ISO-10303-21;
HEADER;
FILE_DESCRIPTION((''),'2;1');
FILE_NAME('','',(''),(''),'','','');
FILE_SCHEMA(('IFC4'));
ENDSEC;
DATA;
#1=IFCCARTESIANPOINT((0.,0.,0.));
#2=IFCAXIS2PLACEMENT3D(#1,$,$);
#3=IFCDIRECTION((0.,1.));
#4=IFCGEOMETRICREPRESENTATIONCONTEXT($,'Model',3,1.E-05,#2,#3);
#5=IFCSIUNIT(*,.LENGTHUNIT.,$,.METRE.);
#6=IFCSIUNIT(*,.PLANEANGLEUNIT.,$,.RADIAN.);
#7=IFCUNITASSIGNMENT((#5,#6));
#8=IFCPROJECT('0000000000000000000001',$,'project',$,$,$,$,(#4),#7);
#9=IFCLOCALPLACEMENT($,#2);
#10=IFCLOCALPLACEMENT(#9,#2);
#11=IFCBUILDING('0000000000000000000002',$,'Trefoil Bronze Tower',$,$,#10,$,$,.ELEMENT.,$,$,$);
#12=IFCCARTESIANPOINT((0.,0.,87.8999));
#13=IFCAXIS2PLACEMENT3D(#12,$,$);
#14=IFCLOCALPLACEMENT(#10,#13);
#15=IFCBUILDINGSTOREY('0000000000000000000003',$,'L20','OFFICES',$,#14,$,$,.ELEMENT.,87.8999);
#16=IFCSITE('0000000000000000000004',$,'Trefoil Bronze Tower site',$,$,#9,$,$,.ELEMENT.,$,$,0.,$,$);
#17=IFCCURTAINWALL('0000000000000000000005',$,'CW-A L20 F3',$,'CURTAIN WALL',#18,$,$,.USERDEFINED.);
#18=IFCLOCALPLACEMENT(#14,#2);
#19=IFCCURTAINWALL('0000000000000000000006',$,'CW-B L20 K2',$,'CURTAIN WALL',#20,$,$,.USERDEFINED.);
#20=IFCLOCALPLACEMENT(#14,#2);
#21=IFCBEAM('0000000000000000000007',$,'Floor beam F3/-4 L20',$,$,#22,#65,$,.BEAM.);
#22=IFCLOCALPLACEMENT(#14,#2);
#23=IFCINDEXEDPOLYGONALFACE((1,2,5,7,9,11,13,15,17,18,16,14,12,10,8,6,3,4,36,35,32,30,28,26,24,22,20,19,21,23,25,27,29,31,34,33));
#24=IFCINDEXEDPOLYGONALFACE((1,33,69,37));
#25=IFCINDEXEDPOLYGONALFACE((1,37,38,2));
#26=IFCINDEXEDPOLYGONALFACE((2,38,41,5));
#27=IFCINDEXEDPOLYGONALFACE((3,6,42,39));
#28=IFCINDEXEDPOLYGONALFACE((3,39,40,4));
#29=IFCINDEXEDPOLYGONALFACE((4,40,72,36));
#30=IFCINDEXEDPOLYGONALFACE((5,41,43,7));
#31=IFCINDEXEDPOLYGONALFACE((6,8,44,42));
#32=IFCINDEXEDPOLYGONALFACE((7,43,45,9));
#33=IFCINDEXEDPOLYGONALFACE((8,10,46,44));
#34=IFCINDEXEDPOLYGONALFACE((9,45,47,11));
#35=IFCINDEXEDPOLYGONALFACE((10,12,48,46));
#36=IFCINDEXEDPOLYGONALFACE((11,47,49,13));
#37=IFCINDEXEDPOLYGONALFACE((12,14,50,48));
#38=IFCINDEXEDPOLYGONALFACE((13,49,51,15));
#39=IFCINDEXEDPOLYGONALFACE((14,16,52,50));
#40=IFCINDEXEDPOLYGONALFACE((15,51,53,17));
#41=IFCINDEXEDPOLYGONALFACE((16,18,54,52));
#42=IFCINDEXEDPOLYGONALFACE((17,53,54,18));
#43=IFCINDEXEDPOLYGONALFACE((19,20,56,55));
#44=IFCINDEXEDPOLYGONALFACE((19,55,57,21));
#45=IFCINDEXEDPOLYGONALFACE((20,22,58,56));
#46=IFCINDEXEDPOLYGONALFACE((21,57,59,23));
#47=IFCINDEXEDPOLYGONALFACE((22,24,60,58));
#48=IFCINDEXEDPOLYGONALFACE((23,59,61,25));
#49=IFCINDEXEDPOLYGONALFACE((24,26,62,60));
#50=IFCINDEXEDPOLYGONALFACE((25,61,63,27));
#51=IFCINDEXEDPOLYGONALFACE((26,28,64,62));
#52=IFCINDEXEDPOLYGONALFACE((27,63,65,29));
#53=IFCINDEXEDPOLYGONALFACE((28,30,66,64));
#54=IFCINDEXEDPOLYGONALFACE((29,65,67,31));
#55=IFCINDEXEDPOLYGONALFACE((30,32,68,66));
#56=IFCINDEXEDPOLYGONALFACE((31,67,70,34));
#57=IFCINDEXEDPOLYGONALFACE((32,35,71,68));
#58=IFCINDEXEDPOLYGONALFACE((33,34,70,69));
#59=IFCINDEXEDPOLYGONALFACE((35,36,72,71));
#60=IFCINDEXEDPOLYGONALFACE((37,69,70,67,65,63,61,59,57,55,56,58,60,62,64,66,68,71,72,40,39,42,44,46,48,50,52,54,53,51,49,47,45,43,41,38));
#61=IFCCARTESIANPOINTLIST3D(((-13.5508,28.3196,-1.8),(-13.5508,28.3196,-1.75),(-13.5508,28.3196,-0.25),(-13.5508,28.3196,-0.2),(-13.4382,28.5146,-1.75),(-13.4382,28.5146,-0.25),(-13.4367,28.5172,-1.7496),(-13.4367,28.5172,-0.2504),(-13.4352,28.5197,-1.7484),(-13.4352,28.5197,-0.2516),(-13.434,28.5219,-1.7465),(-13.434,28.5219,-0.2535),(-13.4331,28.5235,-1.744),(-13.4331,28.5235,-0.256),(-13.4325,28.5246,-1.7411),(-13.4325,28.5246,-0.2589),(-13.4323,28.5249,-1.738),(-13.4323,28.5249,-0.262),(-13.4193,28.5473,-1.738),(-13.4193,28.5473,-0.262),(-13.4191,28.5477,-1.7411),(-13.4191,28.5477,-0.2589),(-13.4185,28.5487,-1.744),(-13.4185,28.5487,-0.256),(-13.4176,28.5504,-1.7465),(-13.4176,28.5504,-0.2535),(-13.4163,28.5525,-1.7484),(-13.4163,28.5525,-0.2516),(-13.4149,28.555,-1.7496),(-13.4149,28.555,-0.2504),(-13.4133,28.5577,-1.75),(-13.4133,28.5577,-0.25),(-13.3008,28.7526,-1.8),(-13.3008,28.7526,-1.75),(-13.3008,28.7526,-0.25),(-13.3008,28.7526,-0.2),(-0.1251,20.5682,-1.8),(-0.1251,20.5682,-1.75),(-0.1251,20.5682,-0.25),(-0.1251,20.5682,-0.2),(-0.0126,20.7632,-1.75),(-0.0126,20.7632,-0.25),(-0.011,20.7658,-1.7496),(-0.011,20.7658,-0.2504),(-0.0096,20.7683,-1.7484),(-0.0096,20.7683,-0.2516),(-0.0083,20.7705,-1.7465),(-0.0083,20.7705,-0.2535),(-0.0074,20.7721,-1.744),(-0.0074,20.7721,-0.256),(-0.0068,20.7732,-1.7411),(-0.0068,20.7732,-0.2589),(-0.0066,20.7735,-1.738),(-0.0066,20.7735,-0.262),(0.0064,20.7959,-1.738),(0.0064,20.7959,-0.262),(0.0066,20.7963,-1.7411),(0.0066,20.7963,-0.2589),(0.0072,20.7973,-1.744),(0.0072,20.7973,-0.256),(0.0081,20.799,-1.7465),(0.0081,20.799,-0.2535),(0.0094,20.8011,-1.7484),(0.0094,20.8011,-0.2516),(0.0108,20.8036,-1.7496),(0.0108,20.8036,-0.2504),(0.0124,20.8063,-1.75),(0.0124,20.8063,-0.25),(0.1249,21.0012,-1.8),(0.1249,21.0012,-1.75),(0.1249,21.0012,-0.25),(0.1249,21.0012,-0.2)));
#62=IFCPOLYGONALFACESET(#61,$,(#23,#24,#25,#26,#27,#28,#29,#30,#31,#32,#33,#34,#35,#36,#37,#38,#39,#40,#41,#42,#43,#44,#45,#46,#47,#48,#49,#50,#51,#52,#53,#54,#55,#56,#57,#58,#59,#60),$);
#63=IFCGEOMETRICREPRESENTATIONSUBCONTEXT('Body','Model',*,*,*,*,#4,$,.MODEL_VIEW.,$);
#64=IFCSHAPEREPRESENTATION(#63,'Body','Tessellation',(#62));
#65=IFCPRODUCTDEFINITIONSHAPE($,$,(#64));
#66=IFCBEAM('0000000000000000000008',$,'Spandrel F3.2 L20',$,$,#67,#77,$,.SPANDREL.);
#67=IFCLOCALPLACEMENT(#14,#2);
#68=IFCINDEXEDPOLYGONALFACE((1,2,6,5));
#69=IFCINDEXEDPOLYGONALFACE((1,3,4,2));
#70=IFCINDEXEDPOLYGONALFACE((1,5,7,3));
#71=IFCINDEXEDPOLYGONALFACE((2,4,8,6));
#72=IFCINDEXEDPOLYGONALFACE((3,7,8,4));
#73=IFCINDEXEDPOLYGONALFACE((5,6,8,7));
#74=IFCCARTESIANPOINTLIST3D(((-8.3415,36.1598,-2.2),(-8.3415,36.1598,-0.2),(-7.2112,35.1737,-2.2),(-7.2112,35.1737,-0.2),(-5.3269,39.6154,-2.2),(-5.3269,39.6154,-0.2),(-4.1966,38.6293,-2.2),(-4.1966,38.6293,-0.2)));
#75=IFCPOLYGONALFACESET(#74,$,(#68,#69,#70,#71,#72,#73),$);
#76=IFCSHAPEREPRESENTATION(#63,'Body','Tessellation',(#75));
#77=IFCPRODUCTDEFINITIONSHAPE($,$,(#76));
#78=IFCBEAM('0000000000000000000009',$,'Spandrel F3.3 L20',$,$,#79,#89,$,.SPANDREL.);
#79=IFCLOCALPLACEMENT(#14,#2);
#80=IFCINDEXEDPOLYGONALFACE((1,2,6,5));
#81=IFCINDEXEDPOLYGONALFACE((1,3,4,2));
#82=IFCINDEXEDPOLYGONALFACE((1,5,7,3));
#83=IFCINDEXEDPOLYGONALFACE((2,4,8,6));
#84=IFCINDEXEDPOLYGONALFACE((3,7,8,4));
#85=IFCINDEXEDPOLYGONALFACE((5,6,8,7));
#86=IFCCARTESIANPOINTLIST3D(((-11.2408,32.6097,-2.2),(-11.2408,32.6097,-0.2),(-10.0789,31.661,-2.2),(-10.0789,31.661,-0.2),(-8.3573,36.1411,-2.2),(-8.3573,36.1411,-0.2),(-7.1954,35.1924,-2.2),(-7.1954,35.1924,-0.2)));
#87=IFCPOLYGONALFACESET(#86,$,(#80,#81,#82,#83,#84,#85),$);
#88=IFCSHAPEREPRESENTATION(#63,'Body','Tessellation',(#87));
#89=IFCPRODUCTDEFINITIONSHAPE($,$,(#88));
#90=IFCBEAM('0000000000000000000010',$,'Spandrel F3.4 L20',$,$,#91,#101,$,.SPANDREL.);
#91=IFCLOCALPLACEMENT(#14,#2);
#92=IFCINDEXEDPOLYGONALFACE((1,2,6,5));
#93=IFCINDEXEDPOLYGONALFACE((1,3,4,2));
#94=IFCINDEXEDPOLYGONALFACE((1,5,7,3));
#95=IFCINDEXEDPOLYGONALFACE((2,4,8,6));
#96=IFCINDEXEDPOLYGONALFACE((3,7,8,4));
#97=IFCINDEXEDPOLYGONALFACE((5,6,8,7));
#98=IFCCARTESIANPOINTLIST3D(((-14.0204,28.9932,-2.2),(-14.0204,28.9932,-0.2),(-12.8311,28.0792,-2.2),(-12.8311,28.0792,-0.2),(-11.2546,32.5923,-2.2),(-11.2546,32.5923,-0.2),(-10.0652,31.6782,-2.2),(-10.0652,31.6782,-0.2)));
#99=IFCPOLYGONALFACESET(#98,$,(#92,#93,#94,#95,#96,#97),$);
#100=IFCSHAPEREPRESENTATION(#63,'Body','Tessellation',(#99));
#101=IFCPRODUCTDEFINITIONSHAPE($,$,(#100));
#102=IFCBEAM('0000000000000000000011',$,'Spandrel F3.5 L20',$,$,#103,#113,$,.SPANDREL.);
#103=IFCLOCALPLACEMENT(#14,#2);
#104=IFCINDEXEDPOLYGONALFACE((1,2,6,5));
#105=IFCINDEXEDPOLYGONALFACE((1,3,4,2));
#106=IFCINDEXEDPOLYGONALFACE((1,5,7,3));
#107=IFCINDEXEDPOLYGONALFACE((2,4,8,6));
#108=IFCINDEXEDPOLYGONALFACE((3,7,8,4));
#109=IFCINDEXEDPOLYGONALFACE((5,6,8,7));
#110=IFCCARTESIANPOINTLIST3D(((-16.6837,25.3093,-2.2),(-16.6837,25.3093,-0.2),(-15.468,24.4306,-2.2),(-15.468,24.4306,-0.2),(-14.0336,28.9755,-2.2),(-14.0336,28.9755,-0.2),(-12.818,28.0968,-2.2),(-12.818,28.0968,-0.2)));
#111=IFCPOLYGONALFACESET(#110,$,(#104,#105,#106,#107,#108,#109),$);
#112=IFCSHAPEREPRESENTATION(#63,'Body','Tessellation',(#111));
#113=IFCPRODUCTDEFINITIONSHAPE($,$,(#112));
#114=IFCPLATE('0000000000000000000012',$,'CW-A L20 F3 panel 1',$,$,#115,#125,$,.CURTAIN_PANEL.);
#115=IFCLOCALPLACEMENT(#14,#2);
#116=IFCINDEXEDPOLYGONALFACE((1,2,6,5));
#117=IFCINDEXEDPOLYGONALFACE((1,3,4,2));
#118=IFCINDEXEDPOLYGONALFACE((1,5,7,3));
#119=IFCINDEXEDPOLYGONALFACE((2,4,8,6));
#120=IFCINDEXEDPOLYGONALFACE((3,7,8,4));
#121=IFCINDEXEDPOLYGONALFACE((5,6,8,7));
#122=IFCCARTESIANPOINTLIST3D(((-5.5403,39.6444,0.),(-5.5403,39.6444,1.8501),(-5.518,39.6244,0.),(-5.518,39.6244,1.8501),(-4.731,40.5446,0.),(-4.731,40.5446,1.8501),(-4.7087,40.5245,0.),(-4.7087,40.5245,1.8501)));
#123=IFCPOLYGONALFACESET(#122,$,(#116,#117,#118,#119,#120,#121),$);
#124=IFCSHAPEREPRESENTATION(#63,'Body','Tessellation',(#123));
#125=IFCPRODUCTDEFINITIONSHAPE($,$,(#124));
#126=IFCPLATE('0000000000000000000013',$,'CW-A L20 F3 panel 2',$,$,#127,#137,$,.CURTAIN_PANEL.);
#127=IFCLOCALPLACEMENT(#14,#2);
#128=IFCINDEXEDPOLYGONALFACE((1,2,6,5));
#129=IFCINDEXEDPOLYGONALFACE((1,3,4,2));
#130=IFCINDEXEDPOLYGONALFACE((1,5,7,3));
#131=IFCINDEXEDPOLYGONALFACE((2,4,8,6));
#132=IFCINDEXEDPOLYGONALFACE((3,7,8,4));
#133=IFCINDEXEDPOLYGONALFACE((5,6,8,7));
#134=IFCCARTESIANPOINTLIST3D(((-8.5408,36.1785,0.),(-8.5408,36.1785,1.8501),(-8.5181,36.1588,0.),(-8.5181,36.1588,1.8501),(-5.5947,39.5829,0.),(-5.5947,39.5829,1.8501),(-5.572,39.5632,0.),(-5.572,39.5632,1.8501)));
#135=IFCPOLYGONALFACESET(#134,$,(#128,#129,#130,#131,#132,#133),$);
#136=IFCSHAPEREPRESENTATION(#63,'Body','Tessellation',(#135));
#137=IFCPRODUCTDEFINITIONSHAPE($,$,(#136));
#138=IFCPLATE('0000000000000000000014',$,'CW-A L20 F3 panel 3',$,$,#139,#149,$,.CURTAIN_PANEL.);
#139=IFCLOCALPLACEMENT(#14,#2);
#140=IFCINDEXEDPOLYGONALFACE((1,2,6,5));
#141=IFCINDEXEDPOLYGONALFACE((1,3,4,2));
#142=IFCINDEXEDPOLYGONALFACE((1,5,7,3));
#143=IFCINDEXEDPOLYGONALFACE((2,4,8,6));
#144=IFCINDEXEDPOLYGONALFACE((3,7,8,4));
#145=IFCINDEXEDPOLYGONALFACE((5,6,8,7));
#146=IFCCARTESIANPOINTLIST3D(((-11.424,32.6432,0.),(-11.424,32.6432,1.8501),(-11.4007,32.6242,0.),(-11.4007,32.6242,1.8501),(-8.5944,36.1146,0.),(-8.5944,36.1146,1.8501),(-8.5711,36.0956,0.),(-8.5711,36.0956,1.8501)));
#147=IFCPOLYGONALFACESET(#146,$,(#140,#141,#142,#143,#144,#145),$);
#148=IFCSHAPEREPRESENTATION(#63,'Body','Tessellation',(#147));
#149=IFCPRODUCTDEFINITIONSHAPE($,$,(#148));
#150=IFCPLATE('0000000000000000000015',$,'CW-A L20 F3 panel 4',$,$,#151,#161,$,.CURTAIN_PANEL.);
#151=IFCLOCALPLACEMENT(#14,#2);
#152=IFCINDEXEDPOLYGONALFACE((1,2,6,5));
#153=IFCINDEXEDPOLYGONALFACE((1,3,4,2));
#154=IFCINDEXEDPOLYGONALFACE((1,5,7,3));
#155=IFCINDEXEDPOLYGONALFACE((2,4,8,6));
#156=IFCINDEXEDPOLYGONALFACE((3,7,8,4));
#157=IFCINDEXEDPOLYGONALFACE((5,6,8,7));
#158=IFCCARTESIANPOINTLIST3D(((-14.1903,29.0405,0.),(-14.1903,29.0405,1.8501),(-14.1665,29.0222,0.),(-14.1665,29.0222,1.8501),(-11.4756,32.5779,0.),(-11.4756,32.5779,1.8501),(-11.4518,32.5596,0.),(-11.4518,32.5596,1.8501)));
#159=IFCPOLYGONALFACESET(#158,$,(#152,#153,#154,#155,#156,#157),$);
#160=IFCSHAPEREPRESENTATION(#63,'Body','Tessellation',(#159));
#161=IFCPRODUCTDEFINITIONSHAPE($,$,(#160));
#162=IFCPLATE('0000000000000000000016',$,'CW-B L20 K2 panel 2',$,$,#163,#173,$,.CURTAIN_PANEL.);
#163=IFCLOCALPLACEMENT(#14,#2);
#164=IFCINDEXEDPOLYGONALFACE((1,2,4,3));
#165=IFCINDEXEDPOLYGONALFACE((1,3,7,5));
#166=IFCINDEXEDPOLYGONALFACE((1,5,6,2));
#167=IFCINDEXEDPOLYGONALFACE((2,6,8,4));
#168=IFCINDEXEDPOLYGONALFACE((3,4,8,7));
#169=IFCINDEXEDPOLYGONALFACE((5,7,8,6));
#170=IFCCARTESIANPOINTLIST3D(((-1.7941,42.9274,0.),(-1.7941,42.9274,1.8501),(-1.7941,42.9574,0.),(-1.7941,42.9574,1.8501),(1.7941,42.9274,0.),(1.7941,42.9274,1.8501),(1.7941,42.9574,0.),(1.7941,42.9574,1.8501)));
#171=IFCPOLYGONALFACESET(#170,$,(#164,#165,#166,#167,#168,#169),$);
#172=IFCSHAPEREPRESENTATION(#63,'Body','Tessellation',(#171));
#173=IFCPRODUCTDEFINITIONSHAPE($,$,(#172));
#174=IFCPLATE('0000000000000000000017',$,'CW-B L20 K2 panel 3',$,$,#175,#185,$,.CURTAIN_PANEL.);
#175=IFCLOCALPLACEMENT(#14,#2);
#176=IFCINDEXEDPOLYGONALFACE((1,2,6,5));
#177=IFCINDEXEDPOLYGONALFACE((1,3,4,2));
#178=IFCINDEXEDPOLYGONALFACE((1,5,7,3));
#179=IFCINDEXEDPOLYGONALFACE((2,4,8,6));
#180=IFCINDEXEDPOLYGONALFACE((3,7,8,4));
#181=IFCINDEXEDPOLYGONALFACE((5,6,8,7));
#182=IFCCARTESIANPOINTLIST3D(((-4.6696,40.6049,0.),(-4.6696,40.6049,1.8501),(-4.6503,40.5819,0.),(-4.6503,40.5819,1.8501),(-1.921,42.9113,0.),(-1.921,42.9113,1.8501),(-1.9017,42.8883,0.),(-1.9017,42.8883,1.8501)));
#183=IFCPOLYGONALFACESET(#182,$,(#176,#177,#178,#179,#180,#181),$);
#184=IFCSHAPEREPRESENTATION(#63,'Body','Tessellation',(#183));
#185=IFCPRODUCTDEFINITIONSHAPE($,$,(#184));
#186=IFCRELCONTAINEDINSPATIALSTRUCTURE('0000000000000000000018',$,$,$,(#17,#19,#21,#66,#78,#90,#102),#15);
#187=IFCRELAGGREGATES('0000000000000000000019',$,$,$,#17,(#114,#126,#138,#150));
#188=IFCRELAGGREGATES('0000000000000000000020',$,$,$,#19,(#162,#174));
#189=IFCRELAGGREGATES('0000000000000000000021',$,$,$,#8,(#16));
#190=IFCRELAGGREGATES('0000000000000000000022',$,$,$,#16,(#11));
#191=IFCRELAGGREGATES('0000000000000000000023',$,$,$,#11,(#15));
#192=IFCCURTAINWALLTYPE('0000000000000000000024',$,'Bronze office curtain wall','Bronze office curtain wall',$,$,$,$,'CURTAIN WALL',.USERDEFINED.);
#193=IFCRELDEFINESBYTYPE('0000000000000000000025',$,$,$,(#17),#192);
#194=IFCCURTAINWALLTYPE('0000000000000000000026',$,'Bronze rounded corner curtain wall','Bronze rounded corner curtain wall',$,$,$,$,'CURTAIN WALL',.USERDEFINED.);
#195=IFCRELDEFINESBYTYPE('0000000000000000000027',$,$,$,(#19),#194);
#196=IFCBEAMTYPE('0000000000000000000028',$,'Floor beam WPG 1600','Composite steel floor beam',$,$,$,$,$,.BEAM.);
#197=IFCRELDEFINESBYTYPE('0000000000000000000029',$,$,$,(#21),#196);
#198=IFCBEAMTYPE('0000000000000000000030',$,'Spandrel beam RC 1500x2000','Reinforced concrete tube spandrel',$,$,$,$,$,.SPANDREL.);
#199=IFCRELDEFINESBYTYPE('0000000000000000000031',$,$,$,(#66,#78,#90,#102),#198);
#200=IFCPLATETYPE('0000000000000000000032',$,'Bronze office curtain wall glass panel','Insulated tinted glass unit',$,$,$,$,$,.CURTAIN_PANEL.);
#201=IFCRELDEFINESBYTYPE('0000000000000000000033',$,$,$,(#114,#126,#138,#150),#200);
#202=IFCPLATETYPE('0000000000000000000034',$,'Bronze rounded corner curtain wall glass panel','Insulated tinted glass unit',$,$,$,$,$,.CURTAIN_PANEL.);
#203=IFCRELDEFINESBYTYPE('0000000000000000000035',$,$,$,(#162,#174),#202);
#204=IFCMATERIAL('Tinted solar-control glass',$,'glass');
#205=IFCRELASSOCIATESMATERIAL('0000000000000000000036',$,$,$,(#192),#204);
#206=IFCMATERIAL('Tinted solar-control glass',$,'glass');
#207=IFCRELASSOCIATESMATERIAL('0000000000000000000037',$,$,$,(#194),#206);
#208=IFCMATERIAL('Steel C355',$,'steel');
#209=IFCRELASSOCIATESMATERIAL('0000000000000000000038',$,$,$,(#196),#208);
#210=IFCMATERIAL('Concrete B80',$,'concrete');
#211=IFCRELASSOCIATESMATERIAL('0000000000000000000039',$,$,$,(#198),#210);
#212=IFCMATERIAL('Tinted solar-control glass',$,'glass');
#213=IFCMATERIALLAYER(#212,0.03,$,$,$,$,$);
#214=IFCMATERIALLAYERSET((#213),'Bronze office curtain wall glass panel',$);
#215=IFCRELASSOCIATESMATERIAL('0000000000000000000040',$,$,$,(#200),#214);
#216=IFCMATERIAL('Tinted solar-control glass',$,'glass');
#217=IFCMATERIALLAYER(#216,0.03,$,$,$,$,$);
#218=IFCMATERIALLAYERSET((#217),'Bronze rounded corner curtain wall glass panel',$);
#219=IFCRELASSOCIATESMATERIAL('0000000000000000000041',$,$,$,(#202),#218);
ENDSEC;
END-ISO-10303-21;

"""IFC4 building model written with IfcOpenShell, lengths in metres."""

from ifc_helpers import new_model, si_unit, direction, frame, origin, origin_2d, place, context, subcontext, project, spatial, rectangle, i_section, extrude, material, layer, layer_set, material_profile, profile_set, type_object, element, aggregate, save


model = new_model("IFC4")

# Units and contexts
model_context = context("Model", 3, precision=1e-05, world=origin(), true_north=direction((0.0, 1.0)))
body_context = subcontext(model_context, "Body", "Model", "MODEL_VIEW")
ifc_project = project(units=[si_unit("LENGTHUNIT", "METRE"), si_unit("PLANEANGLEUNIT", "RADIAN")], contexts=[model_context])

# Site, building, storey
site_placement = place(None, origin())
site = spatial("IfcSite", under=ifc_project, at=site_placement, Name="Trefoil Bronze Tower site", CompositionType="ELEMENT", RefElevation=0.0)
building_placement = place(site_placement, origin())
building = spatial("IfcBuilding", under=site, at=building_placement, Name="Trefoil Bronze Tower", CompositionType="ELEMENT")
storey_placement = place(building_placement, frame((0.0, 0.0, 87.8999)))
storey = spatial("IfcBuildingStorey", under=building, at=storey_placement, Name="L20", Description="OFFICES", CompositionType="ELEMENT", Elevation=87.8999)

# Curtain walls
ifc_material_1 = material(Name="Tinted solar-control glass", Category="glass")
curtain_wall_type_1 = type_object("IfcCurtainWallType", Name="Bronze office curtain wall", Description="Bronze office curtain wall", ElementType="CURTAIN WALL", PredefinedType="USERDEFINED", material=ifc_material_1)
curtain_wall_1_placement = place(storey_placement, origin())
curtain_wall_1 = element("IfcCurtainWall", 1, at=curtain_wall_1_placement, inside=storey, type_object=curtain_wall_type_1, Name="CW-A L20 F3", ObjectType="CURTAIN WALL", PredefinedType="USERDEFINED")
ifc_material_2 = material(Name="Tinted solar-control glass", Category="glass")
curtain_wall_type_2 = type_object("IfcCurtainWallType", Name="Bronze rounded corner curtain wall", Description="Bronze rounded corner curtain wall", ElementType="CURTAIN WALL", PredefinedType="USERDEFINED", material=ifc_material_2)
curtain_wall_2_placement = place(storey_placement, origin())
curtain_wall_2 = element("IfcCurtainWall", 2, at=curtain_wall_2_placement, inside=storey, type_object=curtain_wall_type_2, Name="CW-B L20 K2", ObjectType="CURTAIN WALL", PredefinedType="USERDEFINED")

# Beams
ifc_material_3 = material(Name="Steel C355", Category="steel")
ifc_material_profile_1 = material_profile(ifc_material_3, i_section(OverallWidth=0.5, OverallDepth=1.6001, WebThickness=0.0259, FlangeThickness=0.05, FilletRadius=0.012, at=origin_2d()), Name="WPG 1600")
ifc_profile_set_1 = profile_set([ifc_material_profile_1], Name="Steel C355")
beam_type_1 = type_object("IfcBeamType", Name="Floor beam WPG 1600", Description="Composite steel floor beam", PredefinedType="BEAM", material=ifc_profile_set_1)
beam_1_placement = place(storey_placement, frame((-13.4258, 28.5361, -1.0), z_axis=(0.866023, -0.500004, 0.0), x_axis=(0.500004, 0.866023, 0.0)))
element("IfcBeam", 3, at=beam_1_placement, inside=storey, type_object=beam_type_1, Name="Floor beam F3/-4 L20", PredefinedType="BEAM", context=body_context, shape_type="SweptSolid", body=[
    extrude(i_section(OverallWidth=0.5, OverallDepth=1.6001, WebThickness=0.0259, FlangeThickness=0.05, FilletRadius=0.012, at=origin_2d()), origin(), (0.0, 0.0, 1.0), 15.5027),
])
ifc_material_4 = material(Name="Concrete B80", Category="concrete")
ifc_material_profile_2 = material_profile(ifc_material_4, rectangle(XDim=1.5, YDim=2.0, at=origin_2d()), Name="RC 1500x2000")
ifc_profile_set_2 = profile_set([ifc_material_profile_2], Name="Concrete B80")
beam_type_2 = type_object("IfcBeamType", Name="Spandrel beam RC 1500x2000", Description="Reinforced concrete tube spandrel", PredefinedType="SPANDREL", material=ifc_profile_set_2)
beam_2_placement = place(storey_placement, frame((-4.7617, 39.1223, -1.2), z_axis=(-0.657396, -0.753545, 0.0), x_axis=(0.753545, -0.657396, 0.0)))
element("IfcBeam", 4, at=beam_2_placement, inside=storey, type_object=beam_type_2, Name="Spandrel F3.2 L20", PredefinedType="SPANDREL", context=body_context, shape_type="SweptSolid", body=[
    extrude(rectangle(XDim=1.5, YDim=2.0, at=origin_2d()), origin(), (0.0, 0.0, 1.0), 4.5857),
])
beam_3_placement = place(storey_placement, frame((-7.7764, 35.6667, -1.2), z_axis=(-0.632468, -0.774587, 0.0), x_axis=(0.774587, -0.632468, 0.0)))
element("IfcBeam", 5, at=beam_3_placement, inside=storey, type_object=beam_type_2, Name="Spandrel F3.3 L20", PredefinedType="SPANDREL", context=body_context, shape_type="SweptSolid", body=[
    extrude(rectangle(XDim=1.5, YDim=2.0, at=origin_2d()), origin(), (0.0, 0.0, 1.0), 4.5591),
])
beam_4_placement = place(storey_placement, frame((-10.6599, 32.1353, -1.2), z_axis=(-0.609339, -0.79291, 0.0), x_axis=(0.79291, -0.609339, 0.0)))
element("IfcBeam", 6, at=beam_4_placement, inside=storey, type_object=beam_type_2, Name="Spandrel F3.4 L20", PredefinedType="SPANDREL", context=body_context, shape_type="SweptSolid", body=[
    extrude(rectangle(XDim=1.5, YDim=2.0, at=origin_2d()), origin(), (0.0, 0.0, 1.0), 4.5391),
])
beam_5_placement = place(storey_placement, frame((-13.4258, 28.5361, -1.2), z_axis=(-0.585824, -0.810439, 0.0), x_axis=(0.810439, -0.585824, 0.0)))
element("IfcBeam", 7, at=beam_5_placement, inside=storey, type_object=beam_type_2, Name="Spandrel F3.5 L20", PredefinedType="SPANDREL", context=body_context, shape_type="SweptSolid", body=[
    extrude(rectangle(XDim=1.5, YDim=2.0, at=origin_2d()), origin(), (0.0, 0.0, 1.0), 4.5237),
])

# Plates
ifc_material_5 = material(Name="Tinted solar-control glass", Category="glass")
ifc_layer_1 = layer(ifc_material_5, 0.03)
ifc_layer_set_1 = layer_set([ifc_layer_1], Name="Bronze office curtain wall glass panel")
plate_type_1 = type_object("IfcPlateType", Name="Bronze office curtain wall glass panel", Description="Insulated tinted glass unit", PredefinedType="CURTAIN_PANEL", material=ifc_layer_set_1)
plate_1_placement = place(storey_placement, frame((-5.1245, 40.0845, 0.0), z_axis=(0.0, 0.0, 1.0), x_axis=(-0.668575, -0.743645, 0.0)))
plate_1 = element("IfcPlate", 8, at=plate_1_placement, type_object=plate_type_1, Name="CW-A L20 F3 panel 1", PredefinedType="CURTAIN_PANEL", context=body_context, shape_type="SweptSolid", body=[
    extrude(rectangle(XDim=1.2104, YDim=0.03, at=origin_2d()), origin(), (0.0, 0.0, 1.0), 1.8501),
])
plate_2_placement = place(storey_placement, frame((-7.0564, 37.8708, 0.0), z_axis=(0.0, 0.0, 1.0), x_axis=(-0.654376, -0.756169, 0.0)))
plate_2 = element("IfcPlate", 9, at=plate_2_placement, type_object=plate_type_1, Name="CW-A L20 F3 panel 2", PredefinedType="CURTAIN_PANEL", context=body_context, shape_type="SweptSolid", body=[
    extrude(rectangle(XDim=4.5022, YDim=0.03, at=origin_2d()), origin(), (0.0, 0.0, 1.0), 1.8501),
])
plate_3_placement = place(storey_placement, frame((-9.9976, 34.3694, 0.0), z_axis=(0.0, 0.0, 1.0), x_axis=(-0.631811, -0.775123, 0.0)))
plate_3 = element("IfcPlate", 10, at=plate_3_placement, type_object=plate_type_1, Name="CW-A L20 F3 panel 3", PredefinedType="CURTAIN_PANEL", context=body_context, shape_type="SweptSolid", body=[
    extrude(rectangle(XDim=4.4785, YDim=0.03, at=origin_2d()), origin(), (0.0, 0.0, 1.0), 1.8501),
])
plate_4_placement = place(storey_placement, frame((-12.821, 30.8, 0.0), z_axis=(0.0, 0.0, 1.0), x_axis=(-0.608808, -0.793318, 0.0)))
plate_4 = element("IfcPlate", 11, at=plate_4_placement, type_object=plate_type_1, Name="CW-A L20 F3 panel 4", PredefinedType="CURTAIN_PANEL", context=body_context, shape_type="SweptSolid", body=[
    extrude(rectangle(XDim=4.459, YDim=0.03, at=origin_2d()), origin(), (0.0, 0.0, 1.0), 1.8501),
])
aggregate(curtain_wall_1, [plate_1, plate_2, plate_3, plate_4])
ifc_material_6 = material(Name="Tinted solar-control glass", Category="glass")
ifc_layer_2 = layer(ifc_material_6, 0.03)
ifc_layer_set_2 = layer_set([ifc_layer_2], Name="Bronze rounded corner curtain wall glass panel")
plate_type_2 = type_object("IfcPlateType", Name="Bronze rounded corner curtain wall glass panel", Description="Insulated tinted glass unit", PredefinedType="CURTAIN_PANEL", material=ifc_layer_set_2)
plate_5_placement = place(storey_placement, frame((0.0, 42.9424, 0.0), z_axis=(0.0, 0.0, 1.0), x_axis=(-1.0, 0.0, 0.0)))
plate_5 = element("IfcPlate", 12, at=plate_5_placement, type_object=plate_type_2, Name="CW-B L20 K2 panel 2", PredefinedType="CURTAIN_PANEL", context=body_context, shape_type="SweptSolid", body=[
    extrude(rectangle(XDim=3.5881, YDim=0.03, at=origin_2d()), origin(), (0.0, 0.0, 1.0), 1.8501),
])
plate_6_placement = place(storey_placement, frame((-3.2856, 41.7466, 0.0), z_axis=(0.0, 0.0, 1.0), x_axis=(-0.766044, -0.642788, 0.0)))
plate_6 = element("IfcPlate", 13, at=plate_6_placement, type_object=plate_type_2, Name="CW-B L20 K2 panel 3", PredefinedType="CURTAIN_PANEL", context=body_context, shape_type="SweptSolid", body=[
    extrude(rectangle(XDim=3.5881, YDim=0.03, at=origin_2d()), origin(), (0.0, 0.0, 1.0), 1.8501),
])
aggregate(curtain_wall_2, [plate_5, plate_6])

save(model, "model.ifc")
